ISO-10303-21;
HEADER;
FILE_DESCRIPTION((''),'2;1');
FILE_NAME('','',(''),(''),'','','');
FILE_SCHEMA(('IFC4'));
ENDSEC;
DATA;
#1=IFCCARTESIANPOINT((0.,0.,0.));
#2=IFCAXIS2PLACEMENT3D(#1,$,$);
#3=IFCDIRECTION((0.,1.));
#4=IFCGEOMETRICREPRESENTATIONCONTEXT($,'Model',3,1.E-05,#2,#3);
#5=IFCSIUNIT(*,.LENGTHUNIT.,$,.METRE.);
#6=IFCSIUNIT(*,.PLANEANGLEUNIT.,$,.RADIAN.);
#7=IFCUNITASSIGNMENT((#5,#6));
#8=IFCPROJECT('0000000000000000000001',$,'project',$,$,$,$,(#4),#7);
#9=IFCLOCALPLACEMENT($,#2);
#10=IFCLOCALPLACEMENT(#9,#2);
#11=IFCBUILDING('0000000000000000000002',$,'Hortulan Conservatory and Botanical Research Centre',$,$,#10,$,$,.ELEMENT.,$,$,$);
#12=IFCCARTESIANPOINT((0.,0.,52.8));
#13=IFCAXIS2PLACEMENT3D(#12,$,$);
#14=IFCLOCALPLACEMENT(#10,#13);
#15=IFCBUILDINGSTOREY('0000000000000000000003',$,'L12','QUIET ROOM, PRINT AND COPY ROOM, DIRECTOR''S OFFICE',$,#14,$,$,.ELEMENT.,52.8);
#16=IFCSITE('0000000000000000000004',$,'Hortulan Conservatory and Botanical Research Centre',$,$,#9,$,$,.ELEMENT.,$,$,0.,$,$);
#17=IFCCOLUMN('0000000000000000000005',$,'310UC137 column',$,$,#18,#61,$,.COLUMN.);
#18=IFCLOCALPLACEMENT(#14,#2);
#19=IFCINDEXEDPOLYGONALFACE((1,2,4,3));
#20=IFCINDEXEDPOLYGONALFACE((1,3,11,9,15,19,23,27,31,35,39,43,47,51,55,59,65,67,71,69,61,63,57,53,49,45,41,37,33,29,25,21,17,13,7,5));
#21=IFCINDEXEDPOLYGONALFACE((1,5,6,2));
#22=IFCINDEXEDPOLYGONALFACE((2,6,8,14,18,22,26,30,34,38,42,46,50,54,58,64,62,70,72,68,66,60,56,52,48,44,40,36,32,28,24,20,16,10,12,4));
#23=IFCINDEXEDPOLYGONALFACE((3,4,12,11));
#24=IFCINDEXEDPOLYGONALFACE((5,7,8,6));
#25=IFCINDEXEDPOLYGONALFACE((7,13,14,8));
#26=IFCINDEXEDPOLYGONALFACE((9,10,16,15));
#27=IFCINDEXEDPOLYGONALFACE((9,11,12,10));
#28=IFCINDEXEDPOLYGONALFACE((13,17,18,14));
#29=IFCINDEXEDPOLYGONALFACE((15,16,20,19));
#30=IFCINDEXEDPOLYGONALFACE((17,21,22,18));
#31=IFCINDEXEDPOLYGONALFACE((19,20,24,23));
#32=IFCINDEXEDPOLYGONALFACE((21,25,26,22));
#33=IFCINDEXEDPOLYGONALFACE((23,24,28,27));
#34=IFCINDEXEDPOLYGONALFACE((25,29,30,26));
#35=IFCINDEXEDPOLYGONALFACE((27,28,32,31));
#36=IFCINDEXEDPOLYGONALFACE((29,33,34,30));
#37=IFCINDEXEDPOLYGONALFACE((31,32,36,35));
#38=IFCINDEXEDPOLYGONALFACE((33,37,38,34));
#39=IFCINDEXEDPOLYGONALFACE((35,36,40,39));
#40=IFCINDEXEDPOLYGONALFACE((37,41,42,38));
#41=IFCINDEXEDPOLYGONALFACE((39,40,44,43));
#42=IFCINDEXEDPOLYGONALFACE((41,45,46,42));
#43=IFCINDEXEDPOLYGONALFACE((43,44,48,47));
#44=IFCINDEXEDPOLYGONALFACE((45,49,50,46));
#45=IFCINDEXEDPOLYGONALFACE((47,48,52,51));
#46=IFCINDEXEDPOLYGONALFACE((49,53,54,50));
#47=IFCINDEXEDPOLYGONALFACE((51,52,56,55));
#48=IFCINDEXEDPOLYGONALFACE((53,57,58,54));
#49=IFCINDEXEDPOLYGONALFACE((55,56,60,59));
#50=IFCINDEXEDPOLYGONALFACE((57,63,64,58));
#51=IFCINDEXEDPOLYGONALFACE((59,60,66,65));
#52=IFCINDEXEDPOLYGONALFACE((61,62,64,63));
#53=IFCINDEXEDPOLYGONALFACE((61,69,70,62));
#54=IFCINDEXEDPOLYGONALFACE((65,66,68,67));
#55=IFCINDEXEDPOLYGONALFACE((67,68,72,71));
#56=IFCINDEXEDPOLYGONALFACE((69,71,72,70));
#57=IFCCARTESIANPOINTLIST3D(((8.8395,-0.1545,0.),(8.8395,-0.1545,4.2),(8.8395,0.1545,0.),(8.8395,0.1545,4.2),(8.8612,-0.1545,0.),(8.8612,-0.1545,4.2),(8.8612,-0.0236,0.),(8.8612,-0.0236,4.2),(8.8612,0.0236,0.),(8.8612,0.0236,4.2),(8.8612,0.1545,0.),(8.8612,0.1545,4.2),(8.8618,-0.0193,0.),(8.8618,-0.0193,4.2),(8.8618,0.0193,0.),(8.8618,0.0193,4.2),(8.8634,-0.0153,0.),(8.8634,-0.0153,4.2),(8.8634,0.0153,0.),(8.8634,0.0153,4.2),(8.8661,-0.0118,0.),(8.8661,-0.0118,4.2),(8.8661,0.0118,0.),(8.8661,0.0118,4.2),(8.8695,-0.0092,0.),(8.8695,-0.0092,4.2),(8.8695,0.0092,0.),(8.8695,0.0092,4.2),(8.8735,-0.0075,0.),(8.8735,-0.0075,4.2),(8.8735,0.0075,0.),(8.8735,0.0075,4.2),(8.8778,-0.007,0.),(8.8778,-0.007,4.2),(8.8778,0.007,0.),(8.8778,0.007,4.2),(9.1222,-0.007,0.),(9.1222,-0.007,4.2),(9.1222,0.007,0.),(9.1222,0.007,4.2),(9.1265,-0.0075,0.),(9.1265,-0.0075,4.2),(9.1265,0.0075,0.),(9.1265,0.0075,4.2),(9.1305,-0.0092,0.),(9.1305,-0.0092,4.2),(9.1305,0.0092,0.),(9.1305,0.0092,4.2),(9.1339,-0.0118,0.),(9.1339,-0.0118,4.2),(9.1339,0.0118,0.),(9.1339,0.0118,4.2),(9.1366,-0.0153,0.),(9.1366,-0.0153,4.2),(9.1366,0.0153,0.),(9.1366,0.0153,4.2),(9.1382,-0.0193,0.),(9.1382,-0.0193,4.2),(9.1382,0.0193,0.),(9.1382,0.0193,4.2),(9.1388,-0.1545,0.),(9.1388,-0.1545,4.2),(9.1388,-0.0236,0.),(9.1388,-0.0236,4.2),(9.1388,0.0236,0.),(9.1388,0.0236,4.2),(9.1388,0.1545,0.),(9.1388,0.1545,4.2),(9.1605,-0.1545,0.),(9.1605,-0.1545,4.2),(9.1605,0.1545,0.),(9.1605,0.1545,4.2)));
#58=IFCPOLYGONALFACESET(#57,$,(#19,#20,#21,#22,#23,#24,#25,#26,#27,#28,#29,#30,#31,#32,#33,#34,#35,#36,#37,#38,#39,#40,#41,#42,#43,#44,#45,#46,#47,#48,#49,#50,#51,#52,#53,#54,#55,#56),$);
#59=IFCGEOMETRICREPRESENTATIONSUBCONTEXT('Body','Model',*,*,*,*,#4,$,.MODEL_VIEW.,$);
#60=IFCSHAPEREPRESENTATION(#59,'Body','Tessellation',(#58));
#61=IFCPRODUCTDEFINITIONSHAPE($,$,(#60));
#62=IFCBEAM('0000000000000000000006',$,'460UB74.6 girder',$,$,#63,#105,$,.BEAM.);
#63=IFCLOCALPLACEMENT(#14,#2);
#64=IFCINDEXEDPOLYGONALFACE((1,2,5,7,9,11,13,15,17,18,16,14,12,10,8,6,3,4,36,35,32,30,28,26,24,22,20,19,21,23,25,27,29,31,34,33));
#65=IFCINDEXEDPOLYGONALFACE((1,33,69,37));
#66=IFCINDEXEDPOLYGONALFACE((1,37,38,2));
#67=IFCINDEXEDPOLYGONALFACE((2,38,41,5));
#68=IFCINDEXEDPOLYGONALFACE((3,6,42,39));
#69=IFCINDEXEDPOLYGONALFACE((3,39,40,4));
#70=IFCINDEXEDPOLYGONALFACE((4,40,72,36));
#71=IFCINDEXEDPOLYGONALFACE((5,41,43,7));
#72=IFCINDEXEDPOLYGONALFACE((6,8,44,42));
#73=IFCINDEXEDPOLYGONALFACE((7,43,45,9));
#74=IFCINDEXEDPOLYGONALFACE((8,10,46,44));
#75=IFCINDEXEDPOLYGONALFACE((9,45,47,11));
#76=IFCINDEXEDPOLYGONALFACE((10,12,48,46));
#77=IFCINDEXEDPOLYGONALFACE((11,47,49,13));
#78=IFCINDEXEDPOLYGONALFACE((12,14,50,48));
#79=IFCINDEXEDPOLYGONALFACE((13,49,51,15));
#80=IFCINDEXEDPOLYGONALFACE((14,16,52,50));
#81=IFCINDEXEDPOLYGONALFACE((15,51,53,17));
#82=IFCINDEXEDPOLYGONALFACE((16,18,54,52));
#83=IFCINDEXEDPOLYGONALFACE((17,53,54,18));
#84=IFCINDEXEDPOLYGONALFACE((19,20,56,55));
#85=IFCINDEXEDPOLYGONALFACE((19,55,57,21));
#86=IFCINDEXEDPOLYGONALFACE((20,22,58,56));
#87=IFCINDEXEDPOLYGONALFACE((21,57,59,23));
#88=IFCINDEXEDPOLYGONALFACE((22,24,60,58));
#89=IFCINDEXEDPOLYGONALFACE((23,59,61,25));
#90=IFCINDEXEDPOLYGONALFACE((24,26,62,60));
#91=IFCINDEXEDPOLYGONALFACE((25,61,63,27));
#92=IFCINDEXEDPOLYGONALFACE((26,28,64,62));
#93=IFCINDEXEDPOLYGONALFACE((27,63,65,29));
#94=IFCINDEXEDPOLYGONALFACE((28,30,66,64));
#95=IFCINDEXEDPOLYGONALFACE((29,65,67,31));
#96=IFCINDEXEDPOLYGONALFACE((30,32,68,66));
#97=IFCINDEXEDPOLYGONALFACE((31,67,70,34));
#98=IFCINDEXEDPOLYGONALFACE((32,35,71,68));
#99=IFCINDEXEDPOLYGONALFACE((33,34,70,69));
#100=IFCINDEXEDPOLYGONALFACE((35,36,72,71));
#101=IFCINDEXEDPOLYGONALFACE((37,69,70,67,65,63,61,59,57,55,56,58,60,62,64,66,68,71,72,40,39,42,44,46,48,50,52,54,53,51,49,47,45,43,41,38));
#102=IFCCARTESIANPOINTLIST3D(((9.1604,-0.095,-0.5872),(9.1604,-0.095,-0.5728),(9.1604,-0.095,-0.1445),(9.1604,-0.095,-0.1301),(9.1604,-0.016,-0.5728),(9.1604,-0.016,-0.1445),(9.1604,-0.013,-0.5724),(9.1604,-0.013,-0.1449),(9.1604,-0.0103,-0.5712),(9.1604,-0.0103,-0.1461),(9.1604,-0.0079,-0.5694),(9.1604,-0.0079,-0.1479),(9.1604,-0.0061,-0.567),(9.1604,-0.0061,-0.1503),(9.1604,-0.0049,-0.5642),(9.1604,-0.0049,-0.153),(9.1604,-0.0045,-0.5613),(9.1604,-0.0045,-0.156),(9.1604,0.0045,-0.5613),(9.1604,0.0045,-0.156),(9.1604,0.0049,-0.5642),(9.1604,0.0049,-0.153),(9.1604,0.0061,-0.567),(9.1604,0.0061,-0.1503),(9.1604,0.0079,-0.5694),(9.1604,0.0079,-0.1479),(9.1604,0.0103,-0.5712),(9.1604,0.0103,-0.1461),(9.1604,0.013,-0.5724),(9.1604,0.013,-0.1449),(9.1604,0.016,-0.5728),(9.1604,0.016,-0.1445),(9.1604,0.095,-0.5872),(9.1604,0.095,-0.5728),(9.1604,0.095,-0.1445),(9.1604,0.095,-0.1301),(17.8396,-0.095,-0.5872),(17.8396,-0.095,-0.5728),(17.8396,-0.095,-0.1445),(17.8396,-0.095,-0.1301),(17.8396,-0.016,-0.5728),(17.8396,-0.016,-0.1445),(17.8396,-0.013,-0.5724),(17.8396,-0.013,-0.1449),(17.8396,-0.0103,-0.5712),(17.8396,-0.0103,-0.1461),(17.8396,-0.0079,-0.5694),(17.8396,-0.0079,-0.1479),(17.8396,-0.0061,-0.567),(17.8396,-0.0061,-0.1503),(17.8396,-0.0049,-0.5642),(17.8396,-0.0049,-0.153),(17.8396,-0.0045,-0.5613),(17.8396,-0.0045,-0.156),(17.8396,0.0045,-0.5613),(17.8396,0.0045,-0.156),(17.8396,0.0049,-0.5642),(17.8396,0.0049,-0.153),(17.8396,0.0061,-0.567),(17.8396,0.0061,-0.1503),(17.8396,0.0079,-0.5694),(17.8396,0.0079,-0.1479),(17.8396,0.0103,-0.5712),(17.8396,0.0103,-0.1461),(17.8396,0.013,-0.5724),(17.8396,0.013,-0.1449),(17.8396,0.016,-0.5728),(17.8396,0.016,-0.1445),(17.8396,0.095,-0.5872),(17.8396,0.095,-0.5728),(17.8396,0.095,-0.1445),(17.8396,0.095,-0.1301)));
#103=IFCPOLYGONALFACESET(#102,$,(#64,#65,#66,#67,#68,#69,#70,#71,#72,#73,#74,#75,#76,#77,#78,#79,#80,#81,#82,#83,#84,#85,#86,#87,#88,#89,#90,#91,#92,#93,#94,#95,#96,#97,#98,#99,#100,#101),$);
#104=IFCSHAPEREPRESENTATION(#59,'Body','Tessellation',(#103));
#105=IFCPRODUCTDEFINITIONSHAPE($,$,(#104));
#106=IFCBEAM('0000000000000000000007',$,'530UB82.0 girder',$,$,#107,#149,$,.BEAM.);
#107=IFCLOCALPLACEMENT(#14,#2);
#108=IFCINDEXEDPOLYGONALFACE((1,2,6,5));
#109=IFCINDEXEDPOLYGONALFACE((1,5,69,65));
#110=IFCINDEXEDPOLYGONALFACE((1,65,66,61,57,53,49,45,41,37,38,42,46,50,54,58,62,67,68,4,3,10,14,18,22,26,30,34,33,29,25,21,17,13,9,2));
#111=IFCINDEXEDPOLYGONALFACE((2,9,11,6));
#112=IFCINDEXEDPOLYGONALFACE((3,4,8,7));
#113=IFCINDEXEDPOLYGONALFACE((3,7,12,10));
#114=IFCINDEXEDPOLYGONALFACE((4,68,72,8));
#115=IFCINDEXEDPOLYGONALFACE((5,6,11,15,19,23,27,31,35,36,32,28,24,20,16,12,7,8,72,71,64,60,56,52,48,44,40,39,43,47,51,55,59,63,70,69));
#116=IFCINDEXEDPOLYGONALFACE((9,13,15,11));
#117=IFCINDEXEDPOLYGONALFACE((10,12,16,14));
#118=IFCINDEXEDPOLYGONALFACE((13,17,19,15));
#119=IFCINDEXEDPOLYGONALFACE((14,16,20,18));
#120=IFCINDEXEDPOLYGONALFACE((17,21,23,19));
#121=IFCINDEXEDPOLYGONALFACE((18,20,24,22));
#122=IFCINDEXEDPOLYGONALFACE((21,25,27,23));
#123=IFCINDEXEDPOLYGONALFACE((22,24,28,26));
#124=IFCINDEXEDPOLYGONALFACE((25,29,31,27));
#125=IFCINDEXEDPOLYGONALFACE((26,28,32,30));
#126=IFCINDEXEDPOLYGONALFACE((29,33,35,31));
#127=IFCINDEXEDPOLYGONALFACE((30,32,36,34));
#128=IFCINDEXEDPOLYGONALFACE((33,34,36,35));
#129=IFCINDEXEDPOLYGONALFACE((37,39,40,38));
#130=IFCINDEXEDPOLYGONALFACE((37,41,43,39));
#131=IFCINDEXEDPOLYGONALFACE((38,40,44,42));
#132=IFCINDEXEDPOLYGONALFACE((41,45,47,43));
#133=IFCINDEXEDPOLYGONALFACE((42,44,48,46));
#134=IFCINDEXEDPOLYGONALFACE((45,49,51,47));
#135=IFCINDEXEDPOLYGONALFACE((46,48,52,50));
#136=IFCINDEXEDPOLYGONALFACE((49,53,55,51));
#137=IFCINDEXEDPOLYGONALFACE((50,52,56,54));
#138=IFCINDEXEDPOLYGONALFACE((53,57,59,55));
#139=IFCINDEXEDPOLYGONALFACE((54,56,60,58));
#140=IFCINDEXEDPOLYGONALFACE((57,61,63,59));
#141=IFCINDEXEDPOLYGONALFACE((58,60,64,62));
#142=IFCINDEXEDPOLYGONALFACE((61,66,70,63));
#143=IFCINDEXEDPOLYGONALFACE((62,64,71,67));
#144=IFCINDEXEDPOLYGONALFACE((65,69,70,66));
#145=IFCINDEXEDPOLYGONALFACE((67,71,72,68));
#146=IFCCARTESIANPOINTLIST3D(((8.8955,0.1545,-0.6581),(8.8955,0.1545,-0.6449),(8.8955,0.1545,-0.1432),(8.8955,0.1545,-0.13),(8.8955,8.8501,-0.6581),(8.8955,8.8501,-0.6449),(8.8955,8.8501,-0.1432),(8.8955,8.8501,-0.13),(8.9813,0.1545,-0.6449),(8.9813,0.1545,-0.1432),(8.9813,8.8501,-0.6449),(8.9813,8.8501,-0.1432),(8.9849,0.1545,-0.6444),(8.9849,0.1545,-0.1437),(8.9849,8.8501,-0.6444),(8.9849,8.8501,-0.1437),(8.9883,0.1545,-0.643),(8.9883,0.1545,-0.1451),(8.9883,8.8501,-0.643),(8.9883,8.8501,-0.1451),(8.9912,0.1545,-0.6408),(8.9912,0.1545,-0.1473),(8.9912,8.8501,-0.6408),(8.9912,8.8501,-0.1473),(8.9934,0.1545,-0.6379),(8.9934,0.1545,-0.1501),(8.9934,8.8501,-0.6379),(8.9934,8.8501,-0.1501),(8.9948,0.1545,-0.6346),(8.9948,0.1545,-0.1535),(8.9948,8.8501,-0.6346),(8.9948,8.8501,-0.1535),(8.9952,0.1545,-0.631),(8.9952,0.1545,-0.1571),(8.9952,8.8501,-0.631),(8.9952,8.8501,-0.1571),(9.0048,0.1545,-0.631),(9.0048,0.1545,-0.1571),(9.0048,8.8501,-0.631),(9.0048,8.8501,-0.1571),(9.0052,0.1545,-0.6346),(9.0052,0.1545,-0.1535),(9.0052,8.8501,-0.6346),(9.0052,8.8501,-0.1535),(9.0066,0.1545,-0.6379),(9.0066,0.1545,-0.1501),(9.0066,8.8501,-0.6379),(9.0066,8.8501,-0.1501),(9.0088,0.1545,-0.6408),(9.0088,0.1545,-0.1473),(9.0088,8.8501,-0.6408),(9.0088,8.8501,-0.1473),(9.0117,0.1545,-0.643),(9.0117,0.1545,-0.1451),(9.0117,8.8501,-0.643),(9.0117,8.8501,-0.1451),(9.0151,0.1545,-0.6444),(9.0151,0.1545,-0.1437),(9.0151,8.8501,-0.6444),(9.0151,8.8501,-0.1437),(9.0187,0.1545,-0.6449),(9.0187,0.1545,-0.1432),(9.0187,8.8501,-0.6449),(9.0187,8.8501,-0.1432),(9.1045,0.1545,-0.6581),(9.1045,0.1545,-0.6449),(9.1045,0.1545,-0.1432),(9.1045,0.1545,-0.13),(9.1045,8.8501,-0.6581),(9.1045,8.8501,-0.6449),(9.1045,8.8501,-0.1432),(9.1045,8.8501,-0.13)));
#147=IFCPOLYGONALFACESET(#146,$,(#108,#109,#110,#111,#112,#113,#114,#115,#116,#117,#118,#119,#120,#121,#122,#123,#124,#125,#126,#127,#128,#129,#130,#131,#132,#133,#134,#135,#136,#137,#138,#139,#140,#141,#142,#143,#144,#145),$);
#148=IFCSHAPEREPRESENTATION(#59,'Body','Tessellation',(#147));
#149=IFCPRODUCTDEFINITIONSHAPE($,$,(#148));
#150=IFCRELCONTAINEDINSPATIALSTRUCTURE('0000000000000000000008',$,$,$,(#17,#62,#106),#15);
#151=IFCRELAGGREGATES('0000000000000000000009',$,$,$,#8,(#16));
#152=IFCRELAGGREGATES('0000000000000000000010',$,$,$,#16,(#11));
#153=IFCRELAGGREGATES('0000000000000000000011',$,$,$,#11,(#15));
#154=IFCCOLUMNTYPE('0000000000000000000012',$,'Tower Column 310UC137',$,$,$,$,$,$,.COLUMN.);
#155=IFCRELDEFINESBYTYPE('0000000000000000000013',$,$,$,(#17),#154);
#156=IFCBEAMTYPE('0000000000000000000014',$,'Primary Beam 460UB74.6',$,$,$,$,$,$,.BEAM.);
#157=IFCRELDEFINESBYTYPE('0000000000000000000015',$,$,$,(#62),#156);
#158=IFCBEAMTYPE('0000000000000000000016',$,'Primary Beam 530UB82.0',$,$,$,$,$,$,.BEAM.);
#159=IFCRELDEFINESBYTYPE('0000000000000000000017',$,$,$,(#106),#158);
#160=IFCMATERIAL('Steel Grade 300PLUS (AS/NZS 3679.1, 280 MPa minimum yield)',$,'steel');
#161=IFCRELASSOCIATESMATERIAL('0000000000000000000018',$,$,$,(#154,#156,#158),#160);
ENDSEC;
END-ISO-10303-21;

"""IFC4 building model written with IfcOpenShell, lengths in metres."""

from ifc_helpers import new_model, si_unit, direction, frame, origin, origin_2d, place, context, subcontext, project, spatial, i_section, extrude, material, material_profile, profile_set, type_object, element, save


model = new_model("IFC4")

# Units and contexts
model_context = context("Model", 3, precision=1e-05, world=origin(), true_north=direction((0.0, 1.0)))
body_context = subcontext(model_context, "Body", "Model", "MODEL_VIEW")
ifc_project = project(units=[si_unit("LENGTHUNIT", "METRE"), si_unit("PLANEANGLEUNIT", "RADIAN")], contexts=[model_context])

# Site, building, storey
site_placement = place(None, origin())
site = spatial("IfcSite", under=ifc_project, at=site_placement, Name="Hortulan Conservatory and Botanical Research Centre", CompositionType="ELEMENT", RefElevation=0.0)
building_placement = place(site_placement, origin())
building = spatial("IfcBuilding", under=site, at=building_placement, Name="Hortulan Conservatory and Botanical Research Centre", CompositionType="ELEMENT")
storey_placement = place(building_placement, frame((0.0, 0.0, 52.8)))
storey = spatial("IfcBuildingStorey", under=building, at=storey_placement, Name="L12", Description="QUIET ROOM, PRINT AND COPY ROOM, DIRECTOR'S OFFICE", CompositionType="ELEMENT", Elevation=52.8)

# Column
ifc_material_1 = material(Name="Steel Grade 300PLUS (AS/NZS 3679.1, 280 MPa minimum yield)", Category="steel")
ifc_material_profile_1 = material_profile(ifc_material_1, i_section(OverallWidth=0.3091, OverallDepth=0.321, WebThickness=0.0139, FlangeThickness=0.0217, FilletRadius=0.0166, at=origin_2d()), Name="310UC137")
ifc_profile_set_1 = profile_set([ifc_material_profile_1], Name="Steel Grade 300PLUS (AS/NZS 3679.1, 280 MPa minimum yield)")
column_type = type_object("IfcColumnType", Name="Tower Column 310UC137", PredefinedType="COLUMN", material=ifc_profile_set_1)
column_placement = place(storey_placement, frame((9.0, 0.0, 0.0), z_axis=(0.0, 0.0, 1.0), x_axis=(0.0, 1.0, 0.0)))
element("IfcColumn", 1, at=column_placement, inside=storey, type_object=column_type, Name="310UC137 column", PredefinedType="COLUMN", context=body_context, shape_type="SweptSolid", body=[
    extrude(i_section(OverallWidth=0.3091, OverallDepth=0.321, WebThickness=0.0139, FlangeThickness=0.0217, FilletRadius=0.0166, at=origin_2d()), origin(), (0.0, 0.0, 1.0), 4.2),
])

# Beams
ifc_material_profile_2 = material_profile(ifc_material_1, i_section(OverallWidth=0.1899, OverallDepth=0.457, WebThickness=0.009, FlangeThickness=0.0144, FilletRadius=0.0115, at=origin_2d()), Name="460UB74.6")
ifc_profile_set_2 = profile_set([ifc_material_profile_2], Name="Steel Grade 300PLUS (AS/NZS 3679.1, 280 MPa minimum yield)")
beam_type_1 = type_object("IfcBeamType", Name="Primary Beam 460UB74.6", PredefinedType="BEAM", material=ifc_profile_set_2)
beam_1_placement = place(storey_placement, frame((9.1604, 0.0, -0.3586), z_axis=(1.0, 0.0, 0.0), x_axis=(0.0, 1.0, 0.0)))
element("IfcBeam", 2, at=beam_1_placement, inside=storey, type_object=beam_type_1, Name="460UB74.6 girder", PredefinedType="BEAM", context=body_context, shape_type="SweptSolid", body=[
    extrude(i_section(OverallWidth=0.1899, OverallDepth=0.457, WebThickness=0.009, FlangeThickness=0.0144, FilletRadius=0.0115, at=origin_2d()), origin(), (0.0, 0.0, 1.0), 8.6792),
])
ifc_material_profile_3 = material_profile(ifc_material_1, i_section(OverallWidth=0.209, OverallDepth=0.5281, WebThickness=0.0095, FlangeThickness=0.0132, FilletRadius=0.0139, at=origin_2d()), Name="530UB82.0")
ifc_profile_set_3 = profile_set([ifc_material_profile_3], Name="Steel Grade 300PLUS (AS/NZS 3679.1, 280 MPa minimum yield)")
beam_type_2 = type_object("IfcBeamType", Name="Primary Beam 530UB82.0", PredefinedType="BEAM", material=ifc_profile_set_3)
beam_2_placement = place(storey_placement, frame((9.0, 0.1545, -0.394), z_axis=(0.0, 1.0, 0.0), x_axis=(-1.0, 0.0, 0.0)))
element("IfcBeam", 3, at=beam_2_placement, inside=storey, type_object=beam_type_2, Name="530UB82.0 girder", PredefinedType="BEAM", context=body_context, shape_type="SweptSolid", body=[
    extrude(i_section(OverallWidth=0.209, OverallDepth=0.5281, WebThickness=0.0095, FlangeThickness=0.0132, FilletRadius=0.0139, at=origin_2d()), origin(), (0.0, 0.0, 1.0), 8.6956),
])

save(model, "model.ifc")
